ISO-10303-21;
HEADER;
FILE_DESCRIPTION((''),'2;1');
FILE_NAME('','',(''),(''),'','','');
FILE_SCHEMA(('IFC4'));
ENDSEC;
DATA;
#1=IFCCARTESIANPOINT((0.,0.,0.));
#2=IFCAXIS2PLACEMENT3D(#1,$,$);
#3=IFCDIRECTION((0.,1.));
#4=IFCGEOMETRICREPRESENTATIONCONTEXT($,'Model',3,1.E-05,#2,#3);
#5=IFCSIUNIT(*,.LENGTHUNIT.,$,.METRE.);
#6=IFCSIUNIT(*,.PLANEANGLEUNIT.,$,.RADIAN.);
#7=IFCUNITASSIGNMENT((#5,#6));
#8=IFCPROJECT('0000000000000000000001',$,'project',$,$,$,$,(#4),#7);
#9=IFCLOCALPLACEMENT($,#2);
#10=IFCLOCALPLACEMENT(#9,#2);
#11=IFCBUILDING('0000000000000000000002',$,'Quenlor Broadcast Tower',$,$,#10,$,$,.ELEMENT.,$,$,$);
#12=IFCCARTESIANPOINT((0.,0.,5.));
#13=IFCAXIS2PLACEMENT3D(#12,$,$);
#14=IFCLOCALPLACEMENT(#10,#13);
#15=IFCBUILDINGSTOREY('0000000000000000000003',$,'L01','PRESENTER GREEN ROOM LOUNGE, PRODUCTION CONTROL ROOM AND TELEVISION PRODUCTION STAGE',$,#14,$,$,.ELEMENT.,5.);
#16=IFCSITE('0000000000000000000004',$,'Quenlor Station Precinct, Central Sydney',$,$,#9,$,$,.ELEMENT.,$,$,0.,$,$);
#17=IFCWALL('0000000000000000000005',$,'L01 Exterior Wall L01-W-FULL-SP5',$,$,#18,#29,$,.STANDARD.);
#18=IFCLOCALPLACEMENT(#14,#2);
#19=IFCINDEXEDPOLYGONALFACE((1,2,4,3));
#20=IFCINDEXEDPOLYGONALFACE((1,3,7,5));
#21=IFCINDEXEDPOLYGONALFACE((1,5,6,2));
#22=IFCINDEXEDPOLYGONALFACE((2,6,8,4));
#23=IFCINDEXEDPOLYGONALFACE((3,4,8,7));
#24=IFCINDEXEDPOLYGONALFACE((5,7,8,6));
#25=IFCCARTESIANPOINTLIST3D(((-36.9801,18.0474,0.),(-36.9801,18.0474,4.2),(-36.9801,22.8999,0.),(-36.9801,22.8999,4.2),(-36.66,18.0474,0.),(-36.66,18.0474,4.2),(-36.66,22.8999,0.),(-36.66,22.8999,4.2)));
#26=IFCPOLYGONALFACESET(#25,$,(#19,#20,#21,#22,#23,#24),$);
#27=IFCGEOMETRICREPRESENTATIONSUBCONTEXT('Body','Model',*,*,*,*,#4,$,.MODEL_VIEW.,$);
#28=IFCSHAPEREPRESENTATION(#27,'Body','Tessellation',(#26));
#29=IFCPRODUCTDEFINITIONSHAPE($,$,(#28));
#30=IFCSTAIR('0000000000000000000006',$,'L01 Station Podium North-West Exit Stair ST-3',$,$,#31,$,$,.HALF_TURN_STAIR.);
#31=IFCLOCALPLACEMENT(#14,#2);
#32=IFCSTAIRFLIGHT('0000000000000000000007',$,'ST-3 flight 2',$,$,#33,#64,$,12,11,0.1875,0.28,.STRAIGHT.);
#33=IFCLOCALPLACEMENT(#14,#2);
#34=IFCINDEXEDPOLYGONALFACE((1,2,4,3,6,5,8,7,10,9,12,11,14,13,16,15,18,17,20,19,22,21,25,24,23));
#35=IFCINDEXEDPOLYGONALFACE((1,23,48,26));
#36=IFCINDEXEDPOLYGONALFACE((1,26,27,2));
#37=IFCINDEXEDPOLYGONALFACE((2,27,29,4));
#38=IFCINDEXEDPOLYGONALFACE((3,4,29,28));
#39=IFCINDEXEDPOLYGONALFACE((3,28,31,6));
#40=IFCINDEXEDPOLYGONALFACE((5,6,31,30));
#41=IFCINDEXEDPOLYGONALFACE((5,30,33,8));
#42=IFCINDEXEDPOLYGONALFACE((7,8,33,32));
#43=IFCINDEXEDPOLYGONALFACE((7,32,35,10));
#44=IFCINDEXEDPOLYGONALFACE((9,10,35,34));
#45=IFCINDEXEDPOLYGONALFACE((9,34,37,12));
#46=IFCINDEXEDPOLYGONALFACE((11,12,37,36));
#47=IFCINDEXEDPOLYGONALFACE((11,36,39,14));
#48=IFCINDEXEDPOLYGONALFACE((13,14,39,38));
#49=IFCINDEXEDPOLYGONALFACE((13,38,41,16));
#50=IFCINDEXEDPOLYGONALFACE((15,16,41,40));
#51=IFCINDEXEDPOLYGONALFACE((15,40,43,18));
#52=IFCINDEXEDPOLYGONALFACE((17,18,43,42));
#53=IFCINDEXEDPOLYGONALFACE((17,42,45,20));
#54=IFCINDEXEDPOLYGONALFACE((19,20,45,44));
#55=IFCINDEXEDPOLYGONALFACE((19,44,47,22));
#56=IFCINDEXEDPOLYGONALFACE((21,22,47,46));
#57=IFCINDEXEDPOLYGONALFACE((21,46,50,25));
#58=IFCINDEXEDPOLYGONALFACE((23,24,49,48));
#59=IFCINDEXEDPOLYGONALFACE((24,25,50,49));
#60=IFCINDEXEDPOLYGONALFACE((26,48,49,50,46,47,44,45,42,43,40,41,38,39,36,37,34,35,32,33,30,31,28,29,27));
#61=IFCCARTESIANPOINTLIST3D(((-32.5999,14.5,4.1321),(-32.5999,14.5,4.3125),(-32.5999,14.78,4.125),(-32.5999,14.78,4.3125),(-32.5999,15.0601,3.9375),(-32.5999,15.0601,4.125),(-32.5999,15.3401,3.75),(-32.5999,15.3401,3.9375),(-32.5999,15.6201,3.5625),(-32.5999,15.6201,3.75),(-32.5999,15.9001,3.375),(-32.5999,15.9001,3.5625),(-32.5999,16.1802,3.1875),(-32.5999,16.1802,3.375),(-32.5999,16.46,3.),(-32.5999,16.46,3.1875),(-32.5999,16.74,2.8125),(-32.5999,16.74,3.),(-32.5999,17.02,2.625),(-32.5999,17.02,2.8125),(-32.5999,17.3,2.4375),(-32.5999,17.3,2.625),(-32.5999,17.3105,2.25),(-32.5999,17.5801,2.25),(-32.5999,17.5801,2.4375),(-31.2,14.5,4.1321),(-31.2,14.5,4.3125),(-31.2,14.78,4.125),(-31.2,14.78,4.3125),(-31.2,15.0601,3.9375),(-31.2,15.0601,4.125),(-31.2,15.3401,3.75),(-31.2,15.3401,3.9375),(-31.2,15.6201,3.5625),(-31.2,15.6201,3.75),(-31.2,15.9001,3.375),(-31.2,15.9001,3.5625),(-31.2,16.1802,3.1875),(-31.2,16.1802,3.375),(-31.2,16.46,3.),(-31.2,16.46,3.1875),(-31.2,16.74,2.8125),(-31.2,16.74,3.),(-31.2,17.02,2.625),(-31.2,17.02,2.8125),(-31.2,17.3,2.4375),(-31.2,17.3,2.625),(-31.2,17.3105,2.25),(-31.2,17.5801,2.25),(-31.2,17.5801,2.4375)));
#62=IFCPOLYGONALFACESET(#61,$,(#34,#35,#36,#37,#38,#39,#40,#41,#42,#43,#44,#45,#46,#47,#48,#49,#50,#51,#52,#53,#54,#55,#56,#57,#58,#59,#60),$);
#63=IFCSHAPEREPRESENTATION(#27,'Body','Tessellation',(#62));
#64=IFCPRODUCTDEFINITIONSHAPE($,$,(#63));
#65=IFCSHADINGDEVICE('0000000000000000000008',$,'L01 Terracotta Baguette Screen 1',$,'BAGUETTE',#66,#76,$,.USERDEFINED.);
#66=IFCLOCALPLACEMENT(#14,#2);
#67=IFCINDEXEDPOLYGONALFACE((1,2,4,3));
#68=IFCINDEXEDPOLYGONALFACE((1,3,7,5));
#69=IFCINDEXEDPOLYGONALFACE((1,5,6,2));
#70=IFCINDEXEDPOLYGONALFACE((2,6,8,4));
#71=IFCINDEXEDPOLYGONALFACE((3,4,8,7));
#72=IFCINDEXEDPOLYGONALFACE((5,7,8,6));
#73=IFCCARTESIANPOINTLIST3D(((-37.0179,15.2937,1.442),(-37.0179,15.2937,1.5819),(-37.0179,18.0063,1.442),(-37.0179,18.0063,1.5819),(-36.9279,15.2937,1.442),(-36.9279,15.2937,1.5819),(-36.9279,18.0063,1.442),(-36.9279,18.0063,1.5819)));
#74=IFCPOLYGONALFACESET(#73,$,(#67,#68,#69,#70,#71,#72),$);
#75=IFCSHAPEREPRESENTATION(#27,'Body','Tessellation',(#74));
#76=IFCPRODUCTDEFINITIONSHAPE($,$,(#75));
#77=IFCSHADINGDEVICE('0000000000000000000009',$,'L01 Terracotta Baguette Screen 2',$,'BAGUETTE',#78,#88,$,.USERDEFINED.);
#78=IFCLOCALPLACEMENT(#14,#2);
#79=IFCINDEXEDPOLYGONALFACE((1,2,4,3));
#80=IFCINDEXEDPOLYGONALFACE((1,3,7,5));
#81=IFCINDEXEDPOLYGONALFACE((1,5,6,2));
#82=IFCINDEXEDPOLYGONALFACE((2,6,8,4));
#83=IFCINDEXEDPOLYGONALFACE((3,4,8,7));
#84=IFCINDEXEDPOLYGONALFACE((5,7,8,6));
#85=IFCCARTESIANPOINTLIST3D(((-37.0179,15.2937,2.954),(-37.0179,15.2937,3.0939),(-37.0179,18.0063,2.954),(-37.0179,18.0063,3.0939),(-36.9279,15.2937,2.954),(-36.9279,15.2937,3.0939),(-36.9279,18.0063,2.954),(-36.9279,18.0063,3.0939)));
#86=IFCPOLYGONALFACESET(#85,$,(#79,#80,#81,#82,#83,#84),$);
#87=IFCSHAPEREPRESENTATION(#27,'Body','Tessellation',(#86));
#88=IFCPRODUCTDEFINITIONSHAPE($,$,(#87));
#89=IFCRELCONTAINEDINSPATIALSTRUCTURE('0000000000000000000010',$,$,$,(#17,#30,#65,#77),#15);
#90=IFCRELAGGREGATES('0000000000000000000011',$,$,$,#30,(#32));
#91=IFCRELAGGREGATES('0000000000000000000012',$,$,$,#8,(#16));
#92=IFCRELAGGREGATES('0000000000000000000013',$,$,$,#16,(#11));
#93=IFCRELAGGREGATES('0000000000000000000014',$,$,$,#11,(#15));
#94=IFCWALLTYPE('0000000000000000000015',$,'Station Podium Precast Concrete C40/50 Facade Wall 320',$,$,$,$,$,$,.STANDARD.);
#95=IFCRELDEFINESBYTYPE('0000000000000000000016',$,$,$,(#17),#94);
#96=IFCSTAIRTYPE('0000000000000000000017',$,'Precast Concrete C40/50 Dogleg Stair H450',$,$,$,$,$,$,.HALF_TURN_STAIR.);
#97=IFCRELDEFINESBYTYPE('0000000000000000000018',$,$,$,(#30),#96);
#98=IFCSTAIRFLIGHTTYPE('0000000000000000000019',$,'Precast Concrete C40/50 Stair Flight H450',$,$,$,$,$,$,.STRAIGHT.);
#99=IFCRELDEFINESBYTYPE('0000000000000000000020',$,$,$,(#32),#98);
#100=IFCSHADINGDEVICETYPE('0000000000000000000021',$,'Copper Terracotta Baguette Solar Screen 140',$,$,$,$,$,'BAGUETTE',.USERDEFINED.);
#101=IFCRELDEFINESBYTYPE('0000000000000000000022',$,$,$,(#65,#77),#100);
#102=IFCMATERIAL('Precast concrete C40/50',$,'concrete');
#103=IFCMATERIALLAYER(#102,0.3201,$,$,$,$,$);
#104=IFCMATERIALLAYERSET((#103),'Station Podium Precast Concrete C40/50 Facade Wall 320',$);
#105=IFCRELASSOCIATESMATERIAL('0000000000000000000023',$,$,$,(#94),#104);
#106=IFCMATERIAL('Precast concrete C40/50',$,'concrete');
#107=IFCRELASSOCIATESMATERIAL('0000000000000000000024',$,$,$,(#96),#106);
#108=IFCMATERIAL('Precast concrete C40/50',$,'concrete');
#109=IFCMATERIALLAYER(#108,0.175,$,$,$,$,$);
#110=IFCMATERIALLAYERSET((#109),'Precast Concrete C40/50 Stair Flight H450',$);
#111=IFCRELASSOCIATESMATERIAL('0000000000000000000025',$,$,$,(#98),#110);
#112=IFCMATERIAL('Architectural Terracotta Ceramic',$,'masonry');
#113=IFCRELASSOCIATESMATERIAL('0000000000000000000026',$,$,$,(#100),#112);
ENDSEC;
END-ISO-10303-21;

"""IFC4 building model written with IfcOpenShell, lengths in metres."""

from ifc_helpers import new_model, si_unit, direction, frame, frame_2d, origin, origin_2d, place, context, subcontext, project, spatial, polyline, rectangle, outline, extrude, material, layer, layer_set, material_profile, profile_set, type_object, element, aggregate, save


model = new_model("IFC4")

# Units and contexts
model_context = context("Model", 3, precision=1e-05, world=origin(), true_north=direction((0.0, 1.0)))
body_context = subcontext(model_context, "Body", "Model", "MODEL_VIEW")
ifc_project = project(units=[si_unit("LENGTHUNIT", "METRE"), si_unit("PLANEANGLEUNIT", "RADIAN")], contexts=[model_context])

# Site, building, storey
site_placement = place(None, origin())
site = spatial("IfcSite", under=ifc_project, at=site_placement, Name="Quenlor Station Precinct, Central Sydney", CompositionType="ELEMENT", RefElevation=0.0)
building_placement = place(site_placement, origin())
building = spatial("IfcBuilding", under=site, at=building_placement, Name="Quenlor Broadcast Tower", CompositionType="ELEMENT")
storey_placement = place(building_placement, frame((0.0, 0.0, 5.0)))
storey = spatial("IfcBuildingStorey", under=building, at=storey_placement, Name="L01", Description="PRESENTER GREEN ROOM LOUNGE, PRODUCTION CONTROL ROOM AND TELEVISION PRODUCTION STAGE", CompositionType="ELEMENT", Elevation=5.0)

# Wall
ifc_material_1 = material(Name="Precast concrete C40/50", Category="concrete")
ifc_layer_1 = layer(ifc_material_1, 0.3201)
ifc_layer_set_1 = layer_set([ifc_layer_1], Name="Station Podium Precast Concrete C40/50 Facade Wall 320")
wall_type = type_object("IfcWallType", Name="Station Podium Precast Concrete C40/50 Facade Wall 320", PredefinedType="STANDARD", material=ifc_layer_set_1)
wall_placement = place(storey_placement, frame((-36.8201, 18.0474, 0.0), z_axis=(0.0, 0.0, 1.0), x_axis=(0.0, 1.0, 0.0)))
element("IfcWall", 1, at=wall_placement, inside=storey, type_object=wall_type, Name="L01 Exterior Wall L01-W-FULL-SP5", PredefinedType="STANDARD", context=body_context, shape_type="SweptSolid", body=[
    extrude(rectangle(XDim=4.8525, YDim=0.3201, at=frame_2d((2.4263, 0.0))), origin(), (0.0, 0.0, 1.0), 4.2),
])

# Stair, stair flight
ifc_material_2 = material(Name="Precast concrete C40/50", Category="concrete")
stair_type = type_object("IfcStairType", Name="Precast Concrete C40/50 Dogleg Stair H450", PredefinedType="HALF_TURN_STAIR", material=ifc_material_2)
stair_placement = place(storey_placement, origin())
stair = element("IfcStair", 2, at=stair_placement, inside=storey, type_object=stair_type, Name="L01 Station Podium North-West Exit Stair ST-3", PredefinedType="HALF_TURN_STAIR")
ifc_material_3 = material(Name="Precast concrete C40/50", Category="concrete")
ifc_layer_2 = layer(ifc_material_3, 0.175)
ifc_layer_set_2 = layer_set([ifc_layer_2], Name="Precast Concrete C40/50 Stair Flight H450")
stair_flight_type = type_object("IfcStairFlightType", Name="Precast Concrete C40/50 Stair Flight H450", PredefinedType="STRAIGHT", material=ifc_layer_set_2)
stair_flight_placement = place(storey_placement, frame((-31.8999, 17.5801, 2.25), z_axis=(0.0, 0.0, 1.0), x_axis=(0.0, -1.0, 0.0)))
stair_flight = element("IfcStairFlight", 3, at=stair_flight_placement, type_object=stair_flight_type, Name="ST-3 flight 2", NumberOfRisers=12, NumberOfTreads=11, PredefinedType="STRAIGHT", RiserHeight=0.1875, TreadLength=0.28, context=body_context, shape_type="SweptSolid", body=[
    extrude(outline(polyline([(0.0, 0.0), (0.0, 0.1875), (0.28, 0.1875), (0.28, 0.375), (0.5601, 0.375), (0.5601, 0.5625), (0.8401, 0.5625), (0.8401, 0.75), (1.1201, 0.75), (1.1201, 0.9375), (1.3999, 0.9375), (1.3999, 1.125), (1.6799, 1.125), (1.6799, 1.3125), (1.96, 1.3125), (1.96, 1.5), (2.24, 1.5), (2.24, 1.6875), (2.52, 1.6875), (2.52, 1.875), (2.8, 1.875), (2.8, 2.0625), (3.0801, 2.0625), (3.0801, 2.25), (3.0801, 1.8821), (0.2695, 0.0), (0.0, 0.0)])), frame((0.0, 0.7, 0.0), z_axis=(0.0, -1.0, 0.0), x_axis=(1.0, 0.0, 0.0)), (0.0, 0.0, 1.0), 1.3999),
])
aggregate(stair, [stair_flight])

# Shading devices
ifc_material_4 = material(Name="Architectural Terracotta Ceramic", Category="masonry")
ifc_material_profile_1 = material_profile(ifc_material_4, rectangle(XDim=0.0901, YDim=0.1399, at=origin_2d()))
ifc_profile_set_1 = profile_set([ifc_material_profile_1], Name="Architectural Terracotta Ceramic BAG90x140")
shading_device_type = type_object("IfcShadingDeviceType", Name="Copper Terracotta Baguette Solar Screen 140", ElementType="BAGUETTE", PredefinedType="USERDEFINED", material=ifc_profile_set_1)
for number, where, z_axis, x_axis, name in (
    (4, (-36.9729, 15.2937, 1.512), (0.0, 1.0, 0.0), (-1.0, 0.0, 0.0), "L01 Terracotta Baguette Screen 1"),
    (5, (-36.9729, 15.2937, 3.0239), (0.0, 1.0, 0.0), (-1.0, 0.0, 0.0), "L01 Terracotta Baguette Screen 2"),
):
    element("IfcShadingDevice", number, at=place(storey_placement, frame(where, z_axis=z_axis, x_axis=x_axis)), inside=storey, type_object=shading_device_type, Name=name, ObjectType="BAGUETTE", PredefinedType="USERDEFINED", context=body_context, shape_type="SweptSolid", body=[
        extrude(rectangle(XDim=0.0901, YDim=0.1399, at=origin_2d()), origin(), (0.0, 0.0, 1.0), 2.7126),
    ])

save(model, "model.ifc")
